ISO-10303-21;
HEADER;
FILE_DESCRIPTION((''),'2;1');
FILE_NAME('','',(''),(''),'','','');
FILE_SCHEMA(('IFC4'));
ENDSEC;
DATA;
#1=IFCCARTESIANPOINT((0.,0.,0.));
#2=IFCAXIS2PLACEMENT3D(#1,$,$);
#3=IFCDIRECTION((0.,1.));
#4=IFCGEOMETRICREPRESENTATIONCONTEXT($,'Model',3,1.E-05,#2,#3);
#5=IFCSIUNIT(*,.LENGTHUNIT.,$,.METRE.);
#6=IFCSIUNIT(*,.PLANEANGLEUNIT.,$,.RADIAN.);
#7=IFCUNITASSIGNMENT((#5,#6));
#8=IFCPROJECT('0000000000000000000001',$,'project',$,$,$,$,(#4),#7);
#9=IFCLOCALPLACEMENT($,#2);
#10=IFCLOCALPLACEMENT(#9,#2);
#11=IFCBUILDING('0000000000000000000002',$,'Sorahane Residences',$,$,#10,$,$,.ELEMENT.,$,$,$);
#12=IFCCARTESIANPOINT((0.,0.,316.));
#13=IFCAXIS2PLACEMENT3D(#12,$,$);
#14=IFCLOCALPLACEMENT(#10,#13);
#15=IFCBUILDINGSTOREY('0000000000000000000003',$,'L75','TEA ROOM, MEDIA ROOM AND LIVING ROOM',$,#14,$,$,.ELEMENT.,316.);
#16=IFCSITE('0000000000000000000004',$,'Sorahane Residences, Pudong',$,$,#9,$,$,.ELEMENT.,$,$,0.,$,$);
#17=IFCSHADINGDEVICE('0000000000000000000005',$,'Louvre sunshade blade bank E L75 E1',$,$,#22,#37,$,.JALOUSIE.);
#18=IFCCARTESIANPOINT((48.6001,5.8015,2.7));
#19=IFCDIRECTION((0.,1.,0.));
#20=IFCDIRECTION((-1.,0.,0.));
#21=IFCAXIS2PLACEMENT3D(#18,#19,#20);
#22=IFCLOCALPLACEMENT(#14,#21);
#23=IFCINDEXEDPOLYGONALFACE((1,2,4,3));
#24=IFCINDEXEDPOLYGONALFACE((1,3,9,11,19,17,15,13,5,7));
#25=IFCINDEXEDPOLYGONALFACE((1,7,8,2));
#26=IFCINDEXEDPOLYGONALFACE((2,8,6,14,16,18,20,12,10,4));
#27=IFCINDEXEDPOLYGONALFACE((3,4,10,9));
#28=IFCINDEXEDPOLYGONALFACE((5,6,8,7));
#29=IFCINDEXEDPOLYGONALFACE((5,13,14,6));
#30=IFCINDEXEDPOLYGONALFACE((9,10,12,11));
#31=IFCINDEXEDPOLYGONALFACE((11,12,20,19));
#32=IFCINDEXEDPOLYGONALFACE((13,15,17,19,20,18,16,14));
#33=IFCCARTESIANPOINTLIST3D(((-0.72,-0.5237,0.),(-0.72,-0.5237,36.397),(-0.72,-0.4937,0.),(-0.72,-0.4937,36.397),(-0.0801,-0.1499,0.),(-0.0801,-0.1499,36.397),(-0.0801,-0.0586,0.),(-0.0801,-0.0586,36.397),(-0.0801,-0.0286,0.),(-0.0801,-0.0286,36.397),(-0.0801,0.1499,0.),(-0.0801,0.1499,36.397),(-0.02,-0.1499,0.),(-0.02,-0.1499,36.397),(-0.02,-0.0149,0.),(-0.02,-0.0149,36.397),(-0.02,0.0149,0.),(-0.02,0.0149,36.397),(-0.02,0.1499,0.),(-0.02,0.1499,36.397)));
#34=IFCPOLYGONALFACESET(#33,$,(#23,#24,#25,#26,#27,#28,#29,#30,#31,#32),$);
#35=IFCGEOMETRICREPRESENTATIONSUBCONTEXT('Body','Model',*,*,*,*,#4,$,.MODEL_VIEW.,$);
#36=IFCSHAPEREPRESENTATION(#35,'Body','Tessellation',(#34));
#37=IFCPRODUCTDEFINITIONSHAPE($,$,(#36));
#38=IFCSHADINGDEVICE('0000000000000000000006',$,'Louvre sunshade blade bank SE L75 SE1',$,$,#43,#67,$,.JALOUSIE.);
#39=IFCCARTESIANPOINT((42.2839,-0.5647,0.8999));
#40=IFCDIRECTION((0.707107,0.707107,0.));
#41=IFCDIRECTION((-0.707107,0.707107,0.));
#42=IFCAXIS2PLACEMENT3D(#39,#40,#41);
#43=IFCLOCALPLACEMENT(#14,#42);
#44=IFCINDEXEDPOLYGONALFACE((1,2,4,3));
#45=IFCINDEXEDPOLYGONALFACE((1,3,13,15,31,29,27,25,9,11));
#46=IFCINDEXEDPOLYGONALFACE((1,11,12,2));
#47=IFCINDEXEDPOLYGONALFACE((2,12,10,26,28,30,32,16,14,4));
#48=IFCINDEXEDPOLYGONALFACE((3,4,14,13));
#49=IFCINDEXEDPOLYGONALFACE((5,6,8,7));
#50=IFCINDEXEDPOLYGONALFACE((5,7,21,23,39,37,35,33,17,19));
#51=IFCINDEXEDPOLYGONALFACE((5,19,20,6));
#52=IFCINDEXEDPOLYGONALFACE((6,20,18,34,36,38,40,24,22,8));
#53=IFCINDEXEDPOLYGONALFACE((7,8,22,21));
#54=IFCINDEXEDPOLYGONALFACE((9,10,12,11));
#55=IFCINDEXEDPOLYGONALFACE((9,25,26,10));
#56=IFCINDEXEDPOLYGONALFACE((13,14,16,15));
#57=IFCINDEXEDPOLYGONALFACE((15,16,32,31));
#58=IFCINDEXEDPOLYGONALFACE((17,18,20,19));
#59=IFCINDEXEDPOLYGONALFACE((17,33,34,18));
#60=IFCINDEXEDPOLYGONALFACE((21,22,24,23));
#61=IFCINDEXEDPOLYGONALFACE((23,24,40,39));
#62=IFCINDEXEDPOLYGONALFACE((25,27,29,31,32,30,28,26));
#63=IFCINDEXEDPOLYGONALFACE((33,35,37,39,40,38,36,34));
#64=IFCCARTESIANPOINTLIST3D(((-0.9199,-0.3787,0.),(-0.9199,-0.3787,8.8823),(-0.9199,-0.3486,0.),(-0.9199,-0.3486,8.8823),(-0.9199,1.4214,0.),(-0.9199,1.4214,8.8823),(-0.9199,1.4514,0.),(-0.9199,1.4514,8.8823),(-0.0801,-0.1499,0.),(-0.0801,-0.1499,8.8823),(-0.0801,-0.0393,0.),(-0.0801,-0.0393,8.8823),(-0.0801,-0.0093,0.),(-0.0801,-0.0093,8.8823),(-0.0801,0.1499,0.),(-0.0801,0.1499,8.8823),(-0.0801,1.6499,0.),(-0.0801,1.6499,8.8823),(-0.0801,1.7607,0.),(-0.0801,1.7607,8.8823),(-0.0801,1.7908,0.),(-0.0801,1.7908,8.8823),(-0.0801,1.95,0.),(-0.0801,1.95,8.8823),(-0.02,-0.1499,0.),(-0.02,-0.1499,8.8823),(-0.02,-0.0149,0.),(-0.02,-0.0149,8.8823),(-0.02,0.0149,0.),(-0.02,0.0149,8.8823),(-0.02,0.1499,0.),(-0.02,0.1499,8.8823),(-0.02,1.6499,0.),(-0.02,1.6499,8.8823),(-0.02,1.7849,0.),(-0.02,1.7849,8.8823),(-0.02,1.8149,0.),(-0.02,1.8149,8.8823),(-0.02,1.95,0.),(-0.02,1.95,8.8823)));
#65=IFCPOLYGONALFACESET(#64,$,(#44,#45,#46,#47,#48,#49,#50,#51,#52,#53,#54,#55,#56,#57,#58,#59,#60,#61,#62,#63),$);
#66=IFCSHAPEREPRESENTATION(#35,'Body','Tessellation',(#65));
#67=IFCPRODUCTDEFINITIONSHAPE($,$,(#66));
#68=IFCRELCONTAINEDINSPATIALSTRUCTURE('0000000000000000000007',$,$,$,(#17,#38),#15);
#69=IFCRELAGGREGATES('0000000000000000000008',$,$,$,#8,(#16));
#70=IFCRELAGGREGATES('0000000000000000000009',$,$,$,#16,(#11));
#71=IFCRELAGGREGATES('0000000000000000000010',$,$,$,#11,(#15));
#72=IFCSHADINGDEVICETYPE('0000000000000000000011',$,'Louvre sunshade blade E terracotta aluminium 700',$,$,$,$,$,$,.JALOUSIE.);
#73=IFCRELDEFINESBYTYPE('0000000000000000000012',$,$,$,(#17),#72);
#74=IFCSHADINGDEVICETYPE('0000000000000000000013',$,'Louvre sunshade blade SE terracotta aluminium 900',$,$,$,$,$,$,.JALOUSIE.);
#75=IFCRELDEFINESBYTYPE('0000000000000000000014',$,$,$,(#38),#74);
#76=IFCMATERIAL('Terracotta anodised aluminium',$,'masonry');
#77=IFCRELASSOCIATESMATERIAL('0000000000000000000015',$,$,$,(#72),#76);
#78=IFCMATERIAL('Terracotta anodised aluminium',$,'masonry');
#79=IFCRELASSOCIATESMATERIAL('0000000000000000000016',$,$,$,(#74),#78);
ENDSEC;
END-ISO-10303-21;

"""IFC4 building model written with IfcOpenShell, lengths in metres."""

from ifc_helpers import new_model, si_unit, direction, frame, origin, place, context, subcontext, project, spatial, polyline, outline, composite_profile, extrude, material, type_object, element, save


model = new_model("IFC4")

# Units and contexts
model_context = context("Model", 3, precision=1e-05, world=origin(), true_north=direction((0.0, 1.0)))
body_context = subcontext(model_context, "Body", "Model", "MODEL_VIEW")
ifc_project = project(units=[si_unit("LENGTHUNIT", "METRE"), si_unit("PLANEANGLEUNIT", "RADIAN")], contexts=[model_context])

# Site, building, storey
site_placement = place(None, origin())
site = spatial("IfcSite", under=ifc_project, at=site_placement, Name="Sorahane Residences, Pudong", CompositionType="ELEMENT", RefElevation=0.0)
building_placement = place(site_placement, origin())
building = spatial("IfcBuilding", under=site, at=building_placement, Name="Sorahane Residences", CompositionType="ELEMENT")
storey_placement = place(building_placement, frame((0.0, 0.0, 316.0)))
storey = spatial("IfcBuildingStorey", under=building, at=storey_placement, Name="L75", Description="TEA ROOM, MEDIA ROOM AND LIVING ROOM", CompositionType="ELEMENT", Elevation=316.0)

# Shading devices
ifc_material_1 = material(Name="Terracotta anodised aluminium", Category="masonry")
shading_device_type_1 = type_object("IfcShadingDeviceType", Name="Louvre sunshade blade E terracotta aluminium 700", PredefinedType="JALOUSIE", material=ifc_material_1)
shading_device_1_placement = place(storey_placement, frame((48.6001, 5.8015, 2.7), z_axis=(0.0, 1.0, 0.0), x_axis=(-1.0, 0.0, 0.0)))
element("IfcShadingDevice", 1, at=shading_device_1_placement, inside=storey, type_object=shading_device_type_1, Name="Louvre sunshade blade bank E L75 E1", PredefinedType="JALOUSIE", context=body_context, shape_type="SweptSolid", body=[
    extrude(outline(polyline([(-0.72, -0.4937), (-0.72, -0.5237), (-0.0801, -0.0586), (-0.0801, -0.1499), (-0.02, -0.1499), (-0.02, -0.0149), (-0.02, 0.0149), (-0.02, 0.1499), (-0.0801, 0.1499), (-0.0801, -0.0286), (-0.72, -0.4937)])), origin(), (0.0, 0.0, 1.0), 36.397),
])
ifc_material_2 = material(Name="Terracotta anodised aluminium", Category="masonry")
shading_device_type_2 = type_object("IfcShadingDeviceType", Name="Louvre sunshade blade SE terracotta aluminium 900", PredefinedType="JALOUSIE", material=ifc_material_2)
shading_device_2_placement = place(storey_placement, frame((42.2839, -0.5647, 0.8999), z_axis=(0.707107, 0.707107, 0.0), x_axis=(-0.707107, 0.707107, 0.0)))
element("IfcShadingDevice", 2, at=shading_device_2_placement, inside=storey, type_object=shading_device_type_2, Name="Louvre sunshade blade bank SE L75 SE1", PredefinedType="JALOUSIE", context=body_context, shape_type="SweptSolid", body=[
    extrude(composite_profile([outline(polyline([(-0.9199, -0.3486), (-0.9199, -0.3787), (-0.0801, -0.0393), (-0.0801, -0.1499), (-0.02, -0.1499), (-0.02, -0.0149), (-0.02, 0.0149), (-0.02, 0.1499), (-0.0801, 0.1499), (-0.0801, -0.0093), (-0.9199, -0.3486)])), outline(polyline([(-0.9199, 1.4514), (-0.9199, 1.4214), (-0.0801, 1.7607), (-0.0801, 1.6499), (-0.02, 1.6499), (-0.02, 1.7849), (-0.02, 1.8149), (-0.02, 1.95), (-0.0801, 1.95), (-0.0801, 1.7908), (-0.9199, 1.4514)]))]), origin(), (0.0, 0.0, 1.0), 8.8823),
])

save(model, "model.ifc")
